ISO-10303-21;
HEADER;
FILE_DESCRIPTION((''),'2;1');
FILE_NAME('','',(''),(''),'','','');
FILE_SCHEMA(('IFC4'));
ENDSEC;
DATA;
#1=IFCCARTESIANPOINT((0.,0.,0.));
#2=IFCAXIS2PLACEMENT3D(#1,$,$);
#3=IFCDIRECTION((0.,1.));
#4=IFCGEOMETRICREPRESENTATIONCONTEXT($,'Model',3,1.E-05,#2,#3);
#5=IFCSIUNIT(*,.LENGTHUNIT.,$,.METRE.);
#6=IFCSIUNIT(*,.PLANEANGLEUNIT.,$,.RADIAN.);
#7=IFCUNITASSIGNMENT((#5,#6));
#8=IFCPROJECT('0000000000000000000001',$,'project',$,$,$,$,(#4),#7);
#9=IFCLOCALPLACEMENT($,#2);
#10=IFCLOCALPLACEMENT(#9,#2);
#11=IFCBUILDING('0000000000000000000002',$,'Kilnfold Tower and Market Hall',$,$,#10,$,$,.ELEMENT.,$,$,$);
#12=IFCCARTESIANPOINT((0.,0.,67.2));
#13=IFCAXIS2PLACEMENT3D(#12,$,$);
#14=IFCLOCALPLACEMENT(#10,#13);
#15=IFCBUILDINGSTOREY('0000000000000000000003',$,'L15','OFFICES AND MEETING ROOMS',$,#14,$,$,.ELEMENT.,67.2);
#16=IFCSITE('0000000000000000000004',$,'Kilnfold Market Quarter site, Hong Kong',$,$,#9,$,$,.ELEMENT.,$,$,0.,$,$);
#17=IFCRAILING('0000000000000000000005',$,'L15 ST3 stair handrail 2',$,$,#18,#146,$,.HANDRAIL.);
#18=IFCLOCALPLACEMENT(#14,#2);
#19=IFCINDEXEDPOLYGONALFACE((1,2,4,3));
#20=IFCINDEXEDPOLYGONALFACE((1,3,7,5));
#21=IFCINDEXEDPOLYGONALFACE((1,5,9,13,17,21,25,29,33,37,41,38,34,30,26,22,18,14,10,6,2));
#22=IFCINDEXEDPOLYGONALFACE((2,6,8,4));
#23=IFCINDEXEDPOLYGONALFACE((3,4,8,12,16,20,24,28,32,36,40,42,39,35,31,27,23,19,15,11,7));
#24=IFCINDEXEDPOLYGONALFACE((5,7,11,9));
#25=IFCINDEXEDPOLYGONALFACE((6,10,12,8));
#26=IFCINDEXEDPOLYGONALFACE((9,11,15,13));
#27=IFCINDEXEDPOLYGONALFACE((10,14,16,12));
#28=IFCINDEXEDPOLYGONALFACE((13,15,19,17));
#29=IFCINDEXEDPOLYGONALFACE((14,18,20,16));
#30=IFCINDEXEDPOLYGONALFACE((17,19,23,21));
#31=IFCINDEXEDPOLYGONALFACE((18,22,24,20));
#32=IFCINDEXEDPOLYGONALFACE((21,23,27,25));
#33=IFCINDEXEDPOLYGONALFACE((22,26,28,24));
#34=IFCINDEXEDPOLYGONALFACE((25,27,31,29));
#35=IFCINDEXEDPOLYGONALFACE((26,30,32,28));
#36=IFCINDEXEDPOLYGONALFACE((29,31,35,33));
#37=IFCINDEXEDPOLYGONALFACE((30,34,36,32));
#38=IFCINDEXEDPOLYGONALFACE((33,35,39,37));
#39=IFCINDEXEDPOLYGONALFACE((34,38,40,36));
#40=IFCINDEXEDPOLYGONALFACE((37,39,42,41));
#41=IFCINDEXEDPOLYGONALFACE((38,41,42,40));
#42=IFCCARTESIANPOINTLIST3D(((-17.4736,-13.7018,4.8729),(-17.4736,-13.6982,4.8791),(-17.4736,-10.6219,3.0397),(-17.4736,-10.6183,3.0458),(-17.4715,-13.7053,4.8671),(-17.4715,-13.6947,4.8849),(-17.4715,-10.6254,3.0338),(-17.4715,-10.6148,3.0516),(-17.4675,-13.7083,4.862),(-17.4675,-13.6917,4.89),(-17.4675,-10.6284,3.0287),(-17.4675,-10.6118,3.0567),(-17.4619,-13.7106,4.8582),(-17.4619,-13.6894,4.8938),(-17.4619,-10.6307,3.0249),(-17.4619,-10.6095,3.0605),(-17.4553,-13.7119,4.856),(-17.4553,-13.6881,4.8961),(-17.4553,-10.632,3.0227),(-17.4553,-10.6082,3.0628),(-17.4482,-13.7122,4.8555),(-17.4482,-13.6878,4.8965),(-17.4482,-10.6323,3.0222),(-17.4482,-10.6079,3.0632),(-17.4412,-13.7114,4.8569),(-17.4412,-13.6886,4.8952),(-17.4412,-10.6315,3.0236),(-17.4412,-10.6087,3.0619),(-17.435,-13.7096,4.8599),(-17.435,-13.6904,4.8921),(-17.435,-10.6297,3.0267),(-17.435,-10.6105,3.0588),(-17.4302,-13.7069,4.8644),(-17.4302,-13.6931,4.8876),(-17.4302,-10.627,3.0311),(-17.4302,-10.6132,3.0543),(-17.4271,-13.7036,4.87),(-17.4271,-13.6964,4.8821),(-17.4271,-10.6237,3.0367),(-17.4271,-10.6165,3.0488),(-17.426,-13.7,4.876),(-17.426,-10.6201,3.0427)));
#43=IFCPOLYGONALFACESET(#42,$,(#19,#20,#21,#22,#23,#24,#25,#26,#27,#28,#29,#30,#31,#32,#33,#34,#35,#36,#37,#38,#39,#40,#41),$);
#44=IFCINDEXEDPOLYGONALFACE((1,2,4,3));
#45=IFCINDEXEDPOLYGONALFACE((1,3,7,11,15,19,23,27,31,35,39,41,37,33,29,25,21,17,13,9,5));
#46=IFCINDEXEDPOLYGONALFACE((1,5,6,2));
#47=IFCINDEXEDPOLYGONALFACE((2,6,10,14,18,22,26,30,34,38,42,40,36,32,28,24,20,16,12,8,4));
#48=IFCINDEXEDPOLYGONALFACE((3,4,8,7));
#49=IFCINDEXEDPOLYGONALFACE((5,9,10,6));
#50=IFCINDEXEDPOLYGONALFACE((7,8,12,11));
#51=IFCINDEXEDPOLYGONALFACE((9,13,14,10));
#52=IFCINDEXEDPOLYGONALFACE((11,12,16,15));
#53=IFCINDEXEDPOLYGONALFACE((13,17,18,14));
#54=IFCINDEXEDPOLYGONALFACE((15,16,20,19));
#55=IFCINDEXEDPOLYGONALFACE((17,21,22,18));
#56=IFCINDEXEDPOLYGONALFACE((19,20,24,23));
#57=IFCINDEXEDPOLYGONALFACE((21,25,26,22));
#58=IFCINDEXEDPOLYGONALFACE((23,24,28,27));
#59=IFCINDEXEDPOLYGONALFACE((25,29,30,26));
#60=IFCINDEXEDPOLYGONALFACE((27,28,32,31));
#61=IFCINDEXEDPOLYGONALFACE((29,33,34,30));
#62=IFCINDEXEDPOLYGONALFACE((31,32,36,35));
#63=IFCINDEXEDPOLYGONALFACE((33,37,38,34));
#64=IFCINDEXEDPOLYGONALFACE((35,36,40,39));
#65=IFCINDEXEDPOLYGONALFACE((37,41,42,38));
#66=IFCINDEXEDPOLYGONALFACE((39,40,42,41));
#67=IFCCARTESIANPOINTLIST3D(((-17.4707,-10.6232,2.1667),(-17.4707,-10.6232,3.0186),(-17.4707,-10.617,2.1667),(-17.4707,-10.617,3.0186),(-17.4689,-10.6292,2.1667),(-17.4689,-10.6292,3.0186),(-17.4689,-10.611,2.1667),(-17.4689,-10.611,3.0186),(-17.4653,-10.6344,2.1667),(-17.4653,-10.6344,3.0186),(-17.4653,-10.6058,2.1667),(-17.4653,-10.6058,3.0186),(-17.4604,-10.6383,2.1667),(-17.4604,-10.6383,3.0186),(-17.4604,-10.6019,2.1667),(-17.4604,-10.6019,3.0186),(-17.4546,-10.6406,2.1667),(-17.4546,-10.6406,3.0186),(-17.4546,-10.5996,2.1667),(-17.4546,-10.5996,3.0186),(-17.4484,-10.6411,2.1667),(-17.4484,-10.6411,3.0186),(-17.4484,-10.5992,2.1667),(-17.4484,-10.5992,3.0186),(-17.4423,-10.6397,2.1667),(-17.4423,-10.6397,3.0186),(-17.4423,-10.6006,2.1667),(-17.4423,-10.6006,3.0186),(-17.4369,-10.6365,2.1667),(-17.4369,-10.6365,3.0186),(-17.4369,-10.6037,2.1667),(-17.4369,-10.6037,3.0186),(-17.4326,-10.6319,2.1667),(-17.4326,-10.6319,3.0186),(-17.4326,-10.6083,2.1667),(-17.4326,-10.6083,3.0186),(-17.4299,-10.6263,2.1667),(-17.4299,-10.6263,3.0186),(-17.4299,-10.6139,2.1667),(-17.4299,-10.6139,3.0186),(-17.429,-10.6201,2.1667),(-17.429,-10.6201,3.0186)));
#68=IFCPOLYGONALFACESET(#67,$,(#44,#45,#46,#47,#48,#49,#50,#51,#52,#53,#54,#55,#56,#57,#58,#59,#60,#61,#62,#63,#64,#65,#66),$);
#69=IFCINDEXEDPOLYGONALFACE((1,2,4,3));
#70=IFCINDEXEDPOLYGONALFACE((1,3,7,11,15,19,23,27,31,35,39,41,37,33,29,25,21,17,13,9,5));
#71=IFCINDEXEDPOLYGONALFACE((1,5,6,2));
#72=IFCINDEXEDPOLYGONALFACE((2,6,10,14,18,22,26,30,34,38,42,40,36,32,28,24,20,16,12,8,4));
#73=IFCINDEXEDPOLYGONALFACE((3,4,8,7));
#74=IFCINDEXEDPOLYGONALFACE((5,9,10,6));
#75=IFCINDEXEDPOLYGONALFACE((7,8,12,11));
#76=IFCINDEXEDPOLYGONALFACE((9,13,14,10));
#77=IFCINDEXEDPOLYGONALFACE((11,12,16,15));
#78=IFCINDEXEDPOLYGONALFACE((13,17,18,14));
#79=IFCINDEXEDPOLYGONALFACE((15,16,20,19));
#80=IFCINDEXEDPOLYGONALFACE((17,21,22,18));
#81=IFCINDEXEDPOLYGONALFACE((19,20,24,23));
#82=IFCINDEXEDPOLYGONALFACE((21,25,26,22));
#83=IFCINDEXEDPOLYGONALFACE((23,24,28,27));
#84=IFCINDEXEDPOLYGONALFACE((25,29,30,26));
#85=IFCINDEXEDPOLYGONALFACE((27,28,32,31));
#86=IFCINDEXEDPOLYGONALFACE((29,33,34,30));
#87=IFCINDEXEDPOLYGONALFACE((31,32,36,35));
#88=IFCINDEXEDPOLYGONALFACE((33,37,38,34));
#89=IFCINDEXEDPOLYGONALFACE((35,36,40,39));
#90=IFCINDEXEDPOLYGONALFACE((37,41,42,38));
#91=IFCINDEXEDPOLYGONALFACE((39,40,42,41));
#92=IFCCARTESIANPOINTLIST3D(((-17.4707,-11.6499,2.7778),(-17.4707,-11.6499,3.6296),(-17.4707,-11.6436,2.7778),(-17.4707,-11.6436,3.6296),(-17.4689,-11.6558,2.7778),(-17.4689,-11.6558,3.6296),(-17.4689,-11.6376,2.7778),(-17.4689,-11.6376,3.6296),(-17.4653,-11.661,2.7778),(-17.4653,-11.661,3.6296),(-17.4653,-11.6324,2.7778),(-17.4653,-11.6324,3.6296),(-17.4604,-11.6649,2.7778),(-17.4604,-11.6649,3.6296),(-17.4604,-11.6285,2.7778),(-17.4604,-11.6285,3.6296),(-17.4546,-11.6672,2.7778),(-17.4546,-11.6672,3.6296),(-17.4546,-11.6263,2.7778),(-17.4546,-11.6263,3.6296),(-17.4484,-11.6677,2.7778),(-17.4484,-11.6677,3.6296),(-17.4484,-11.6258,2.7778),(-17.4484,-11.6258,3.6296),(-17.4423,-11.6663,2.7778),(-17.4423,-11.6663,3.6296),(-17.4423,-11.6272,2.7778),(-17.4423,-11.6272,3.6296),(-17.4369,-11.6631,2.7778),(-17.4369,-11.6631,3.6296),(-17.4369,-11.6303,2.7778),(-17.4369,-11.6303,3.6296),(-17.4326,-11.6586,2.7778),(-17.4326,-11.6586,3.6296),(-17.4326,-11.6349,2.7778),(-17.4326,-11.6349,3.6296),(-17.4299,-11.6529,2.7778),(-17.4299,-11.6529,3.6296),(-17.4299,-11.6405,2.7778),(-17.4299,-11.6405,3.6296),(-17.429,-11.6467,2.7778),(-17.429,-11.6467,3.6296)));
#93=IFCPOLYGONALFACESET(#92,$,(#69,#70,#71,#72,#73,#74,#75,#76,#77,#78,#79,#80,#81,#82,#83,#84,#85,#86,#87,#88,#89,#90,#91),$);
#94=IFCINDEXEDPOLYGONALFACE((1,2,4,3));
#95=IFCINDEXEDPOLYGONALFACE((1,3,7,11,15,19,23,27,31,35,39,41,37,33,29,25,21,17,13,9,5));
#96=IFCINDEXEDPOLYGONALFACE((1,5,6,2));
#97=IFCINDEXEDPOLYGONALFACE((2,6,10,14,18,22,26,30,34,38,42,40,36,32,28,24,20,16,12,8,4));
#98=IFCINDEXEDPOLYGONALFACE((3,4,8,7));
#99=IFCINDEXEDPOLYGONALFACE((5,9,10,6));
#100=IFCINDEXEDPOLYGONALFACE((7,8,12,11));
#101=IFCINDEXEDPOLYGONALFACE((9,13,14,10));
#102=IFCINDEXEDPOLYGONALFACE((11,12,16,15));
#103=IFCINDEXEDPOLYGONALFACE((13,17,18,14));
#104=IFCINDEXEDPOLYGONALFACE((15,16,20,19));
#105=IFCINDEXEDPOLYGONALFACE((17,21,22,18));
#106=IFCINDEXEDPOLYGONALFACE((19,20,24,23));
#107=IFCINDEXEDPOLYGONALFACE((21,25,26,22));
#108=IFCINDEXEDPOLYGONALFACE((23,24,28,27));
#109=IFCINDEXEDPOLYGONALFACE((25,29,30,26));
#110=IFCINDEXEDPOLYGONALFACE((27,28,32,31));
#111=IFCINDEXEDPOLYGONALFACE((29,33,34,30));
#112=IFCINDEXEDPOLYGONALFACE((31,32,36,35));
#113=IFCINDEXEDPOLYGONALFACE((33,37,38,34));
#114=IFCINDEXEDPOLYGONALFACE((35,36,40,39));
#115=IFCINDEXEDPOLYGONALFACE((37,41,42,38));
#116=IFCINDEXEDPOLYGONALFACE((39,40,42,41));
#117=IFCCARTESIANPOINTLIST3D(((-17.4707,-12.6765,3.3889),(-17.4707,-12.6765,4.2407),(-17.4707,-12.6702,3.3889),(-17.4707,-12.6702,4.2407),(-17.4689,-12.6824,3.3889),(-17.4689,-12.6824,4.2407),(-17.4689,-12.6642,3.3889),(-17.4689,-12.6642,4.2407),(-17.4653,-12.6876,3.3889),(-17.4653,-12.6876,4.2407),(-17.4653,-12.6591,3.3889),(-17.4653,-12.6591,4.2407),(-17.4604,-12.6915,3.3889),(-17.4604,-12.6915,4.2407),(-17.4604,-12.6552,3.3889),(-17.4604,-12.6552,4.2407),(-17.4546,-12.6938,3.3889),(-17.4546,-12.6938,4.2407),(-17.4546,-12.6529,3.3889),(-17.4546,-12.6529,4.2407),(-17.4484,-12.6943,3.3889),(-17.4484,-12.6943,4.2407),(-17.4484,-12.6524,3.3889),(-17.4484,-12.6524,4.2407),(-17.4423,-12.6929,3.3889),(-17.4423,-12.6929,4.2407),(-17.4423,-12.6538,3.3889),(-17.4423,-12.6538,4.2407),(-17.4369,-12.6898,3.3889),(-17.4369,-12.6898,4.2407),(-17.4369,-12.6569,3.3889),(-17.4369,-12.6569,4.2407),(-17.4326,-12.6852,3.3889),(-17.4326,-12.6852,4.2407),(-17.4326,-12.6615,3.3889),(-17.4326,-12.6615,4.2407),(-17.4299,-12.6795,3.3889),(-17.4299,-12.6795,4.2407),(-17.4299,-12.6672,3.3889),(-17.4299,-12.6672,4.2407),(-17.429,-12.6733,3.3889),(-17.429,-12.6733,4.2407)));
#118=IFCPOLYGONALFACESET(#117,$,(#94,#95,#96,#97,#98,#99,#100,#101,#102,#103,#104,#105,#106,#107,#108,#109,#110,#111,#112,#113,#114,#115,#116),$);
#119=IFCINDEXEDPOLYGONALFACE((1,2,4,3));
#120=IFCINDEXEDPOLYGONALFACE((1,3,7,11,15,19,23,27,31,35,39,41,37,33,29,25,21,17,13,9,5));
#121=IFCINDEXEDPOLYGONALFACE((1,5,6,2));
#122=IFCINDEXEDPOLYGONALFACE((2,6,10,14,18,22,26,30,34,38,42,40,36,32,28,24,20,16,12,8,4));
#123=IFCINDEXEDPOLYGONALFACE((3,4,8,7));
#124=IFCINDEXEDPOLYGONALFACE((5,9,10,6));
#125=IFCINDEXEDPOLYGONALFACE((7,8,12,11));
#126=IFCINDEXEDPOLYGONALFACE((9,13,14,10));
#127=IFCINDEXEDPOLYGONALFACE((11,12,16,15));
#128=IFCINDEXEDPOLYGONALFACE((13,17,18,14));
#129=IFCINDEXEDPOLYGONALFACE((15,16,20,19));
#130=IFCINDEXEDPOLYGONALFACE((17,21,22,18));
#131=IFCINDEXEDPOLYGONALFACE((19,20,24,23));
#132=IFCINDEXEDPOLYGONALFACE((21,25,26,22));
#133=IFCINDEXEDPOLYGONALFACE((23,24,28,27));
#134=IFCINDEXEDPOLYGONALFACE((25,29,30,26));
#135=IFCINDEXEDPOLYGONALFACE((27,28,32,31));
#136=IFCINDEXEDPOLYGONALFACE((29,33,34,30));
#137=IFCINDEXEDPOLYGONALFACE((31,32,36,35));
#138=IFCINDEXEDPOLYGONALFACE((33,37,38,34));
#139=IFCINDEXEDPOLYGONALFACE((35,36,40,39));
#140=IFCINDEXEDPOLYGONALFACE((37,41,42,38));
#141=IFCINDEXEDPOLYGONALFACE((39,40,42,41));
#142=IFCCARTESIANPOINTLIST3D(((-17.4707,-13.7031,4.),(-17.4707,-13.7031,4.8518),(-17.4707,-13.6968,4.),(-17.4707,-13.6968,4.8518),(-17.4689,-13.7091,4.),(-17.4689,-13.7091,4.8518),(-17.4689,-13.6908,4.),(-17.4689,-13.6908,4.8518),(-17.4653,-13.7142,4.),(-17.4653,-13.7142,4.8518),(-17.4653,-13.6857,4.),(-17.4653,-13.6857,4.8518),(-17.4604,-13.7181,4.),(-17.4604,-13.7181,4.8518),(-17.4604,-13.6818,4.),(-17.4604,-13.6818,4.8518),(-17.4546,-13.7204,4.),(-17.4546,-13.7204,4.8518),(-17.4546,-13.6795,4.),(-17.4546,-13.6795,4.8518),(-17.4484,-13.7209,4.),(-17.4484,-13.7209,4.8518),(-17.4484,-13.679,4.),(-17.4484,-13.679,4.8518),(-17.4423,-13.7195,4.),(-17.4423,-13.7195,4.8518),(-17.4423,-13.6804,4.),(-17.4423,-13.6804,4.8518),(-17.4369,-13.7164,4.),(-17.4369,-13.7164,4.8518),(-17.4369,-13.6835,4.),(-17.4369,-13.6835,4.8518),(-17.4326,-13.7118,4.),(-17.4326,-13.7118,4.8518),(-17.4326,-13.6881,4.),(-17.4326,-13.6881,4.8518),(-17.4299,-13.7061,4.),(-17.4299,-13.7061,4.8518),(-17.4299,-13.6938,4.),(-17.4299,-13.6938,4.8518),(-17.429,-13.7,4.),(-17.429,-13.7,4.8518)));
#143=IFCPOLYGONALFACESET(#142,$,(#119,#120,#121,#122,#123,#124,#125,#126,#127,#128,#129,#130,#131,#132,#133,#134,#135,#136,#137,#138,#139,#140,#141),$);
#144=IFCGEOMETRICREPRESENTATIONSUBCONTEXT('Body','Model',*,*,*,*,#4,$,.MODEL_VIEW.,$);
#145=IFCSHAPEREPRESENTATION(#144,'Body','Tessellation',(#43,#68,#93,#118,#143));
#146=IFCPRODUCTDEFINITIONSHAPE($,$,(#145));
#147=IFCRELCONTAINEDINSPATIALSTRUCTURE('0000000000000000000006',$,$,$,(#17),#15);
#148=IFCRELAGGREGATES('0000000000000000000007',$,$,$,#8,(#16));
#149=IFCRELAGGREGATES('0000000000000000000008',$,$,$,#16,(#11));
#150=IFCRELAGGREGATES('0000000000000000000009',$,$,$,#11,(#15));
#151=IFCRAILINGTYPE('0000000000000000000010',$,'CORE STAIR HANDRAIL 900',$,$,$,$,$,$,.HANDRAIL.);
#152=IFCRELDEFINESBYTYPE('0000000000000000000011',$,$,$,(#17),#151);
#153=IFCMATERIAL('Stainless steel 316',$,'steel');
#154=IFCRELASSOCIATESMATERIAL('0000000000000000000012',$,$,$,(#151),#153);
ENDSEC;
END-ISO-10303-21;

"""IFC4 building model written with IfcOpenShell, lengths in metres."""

from ifc_helpers import new_model, si_unit, direction, frame, origin, origin_2d, place, context, subcontext, project, spatial, circle, extrude, material, type_object, element, save


model = new_model("IFC4")

# Units and contexts
model_context = context("Model", 3, precision=1e-05, world=origin(), true_north=direction((0.0, 1.0)))
body_context = subcontext(model_context, "Body", "Model", "MODEL_VIEW")
ifc_project = project(units=[si_unit("LENGTHUNIT", "METRE"), si_unit("PLANEANGLEUNIT", "RADIAN")], contexts=[model_context])

# Site, building, storey
site_placement = place(None, origin())
site = spatial("IfcSite", under=ifc_project, at=site_placement, Name="Kilnfold Market Quarter site, Hong Kong", CompositionType="ELEMENT", RefElevation=0.0)
building_placement = place(site_placement, origin())
building = spatial("IfcBuilding", under=site, at=building_placement, Name="Kilnfold Tower and Market Hall", CompositionType="ELEMENT")
storey_placement = place(building_placement, frame((0.0, 0.0, 67.2)))
storey = spatial("IfcBuildingStorey", under=building, at=storey_placement, Name="L15", Description="OFFICES AND MEETING ROOMS", CompositionType="ELEMENT", Elevation=67.2)

# Railing
ifc_material_1 = material(Name="Stainless steel 316", Category="steel")
railing_type_1 = type_object("IfcRailingType", Name="CORE STAIR HANDRAIL 900", PredefinedType="HANDRAIL", material=ifc_material_1)
railing_1_placement = place(storey_placement, frame((-17.45, -10.6201, 2.1667)))
element("IfcRailing", 1, at=railing_1_placement, inside=storey, type_object=railing_type_1, Name="L15 ST3 stair handrail 2", PredefinedType="HANDRAIL", context=body_context, shape_type="SweptSolid", body=[
    extrude(circle(Radius=0.0239, at=origin_2d()), frame((0.0, 0.0, 0.876), z_axis=(0.0, -0.859291, 0.511487), x_axis=(1.0, 0.0, 0.0)), (0.0, 0.0, 1.0), 3.5842),
    extrude(circle(Radius=0.021, at=origin_2d()), origin(), (0.0, 0.0, 1.0), 0.8518),
    extrude(circle(Radius=0.021, at=origin_2d()), frame((0.0, -1.0266, 0.6111)), (0.0, 0.0, 1.0), 0.8518),
    extrude(circle(Radius=0.021, at=origin_2d()), frame((0.0, -2.0532, 1.2222)), (0.0, 0.0, 1.0), 0.8518),
    extrude(circle(Radius=0.021, at=origin_2d()), frame((0.0, -3.0798, 1.8333)), (0.0, 0.0, 1.0), 0.8518),
])

save(model, "model.ifc")
